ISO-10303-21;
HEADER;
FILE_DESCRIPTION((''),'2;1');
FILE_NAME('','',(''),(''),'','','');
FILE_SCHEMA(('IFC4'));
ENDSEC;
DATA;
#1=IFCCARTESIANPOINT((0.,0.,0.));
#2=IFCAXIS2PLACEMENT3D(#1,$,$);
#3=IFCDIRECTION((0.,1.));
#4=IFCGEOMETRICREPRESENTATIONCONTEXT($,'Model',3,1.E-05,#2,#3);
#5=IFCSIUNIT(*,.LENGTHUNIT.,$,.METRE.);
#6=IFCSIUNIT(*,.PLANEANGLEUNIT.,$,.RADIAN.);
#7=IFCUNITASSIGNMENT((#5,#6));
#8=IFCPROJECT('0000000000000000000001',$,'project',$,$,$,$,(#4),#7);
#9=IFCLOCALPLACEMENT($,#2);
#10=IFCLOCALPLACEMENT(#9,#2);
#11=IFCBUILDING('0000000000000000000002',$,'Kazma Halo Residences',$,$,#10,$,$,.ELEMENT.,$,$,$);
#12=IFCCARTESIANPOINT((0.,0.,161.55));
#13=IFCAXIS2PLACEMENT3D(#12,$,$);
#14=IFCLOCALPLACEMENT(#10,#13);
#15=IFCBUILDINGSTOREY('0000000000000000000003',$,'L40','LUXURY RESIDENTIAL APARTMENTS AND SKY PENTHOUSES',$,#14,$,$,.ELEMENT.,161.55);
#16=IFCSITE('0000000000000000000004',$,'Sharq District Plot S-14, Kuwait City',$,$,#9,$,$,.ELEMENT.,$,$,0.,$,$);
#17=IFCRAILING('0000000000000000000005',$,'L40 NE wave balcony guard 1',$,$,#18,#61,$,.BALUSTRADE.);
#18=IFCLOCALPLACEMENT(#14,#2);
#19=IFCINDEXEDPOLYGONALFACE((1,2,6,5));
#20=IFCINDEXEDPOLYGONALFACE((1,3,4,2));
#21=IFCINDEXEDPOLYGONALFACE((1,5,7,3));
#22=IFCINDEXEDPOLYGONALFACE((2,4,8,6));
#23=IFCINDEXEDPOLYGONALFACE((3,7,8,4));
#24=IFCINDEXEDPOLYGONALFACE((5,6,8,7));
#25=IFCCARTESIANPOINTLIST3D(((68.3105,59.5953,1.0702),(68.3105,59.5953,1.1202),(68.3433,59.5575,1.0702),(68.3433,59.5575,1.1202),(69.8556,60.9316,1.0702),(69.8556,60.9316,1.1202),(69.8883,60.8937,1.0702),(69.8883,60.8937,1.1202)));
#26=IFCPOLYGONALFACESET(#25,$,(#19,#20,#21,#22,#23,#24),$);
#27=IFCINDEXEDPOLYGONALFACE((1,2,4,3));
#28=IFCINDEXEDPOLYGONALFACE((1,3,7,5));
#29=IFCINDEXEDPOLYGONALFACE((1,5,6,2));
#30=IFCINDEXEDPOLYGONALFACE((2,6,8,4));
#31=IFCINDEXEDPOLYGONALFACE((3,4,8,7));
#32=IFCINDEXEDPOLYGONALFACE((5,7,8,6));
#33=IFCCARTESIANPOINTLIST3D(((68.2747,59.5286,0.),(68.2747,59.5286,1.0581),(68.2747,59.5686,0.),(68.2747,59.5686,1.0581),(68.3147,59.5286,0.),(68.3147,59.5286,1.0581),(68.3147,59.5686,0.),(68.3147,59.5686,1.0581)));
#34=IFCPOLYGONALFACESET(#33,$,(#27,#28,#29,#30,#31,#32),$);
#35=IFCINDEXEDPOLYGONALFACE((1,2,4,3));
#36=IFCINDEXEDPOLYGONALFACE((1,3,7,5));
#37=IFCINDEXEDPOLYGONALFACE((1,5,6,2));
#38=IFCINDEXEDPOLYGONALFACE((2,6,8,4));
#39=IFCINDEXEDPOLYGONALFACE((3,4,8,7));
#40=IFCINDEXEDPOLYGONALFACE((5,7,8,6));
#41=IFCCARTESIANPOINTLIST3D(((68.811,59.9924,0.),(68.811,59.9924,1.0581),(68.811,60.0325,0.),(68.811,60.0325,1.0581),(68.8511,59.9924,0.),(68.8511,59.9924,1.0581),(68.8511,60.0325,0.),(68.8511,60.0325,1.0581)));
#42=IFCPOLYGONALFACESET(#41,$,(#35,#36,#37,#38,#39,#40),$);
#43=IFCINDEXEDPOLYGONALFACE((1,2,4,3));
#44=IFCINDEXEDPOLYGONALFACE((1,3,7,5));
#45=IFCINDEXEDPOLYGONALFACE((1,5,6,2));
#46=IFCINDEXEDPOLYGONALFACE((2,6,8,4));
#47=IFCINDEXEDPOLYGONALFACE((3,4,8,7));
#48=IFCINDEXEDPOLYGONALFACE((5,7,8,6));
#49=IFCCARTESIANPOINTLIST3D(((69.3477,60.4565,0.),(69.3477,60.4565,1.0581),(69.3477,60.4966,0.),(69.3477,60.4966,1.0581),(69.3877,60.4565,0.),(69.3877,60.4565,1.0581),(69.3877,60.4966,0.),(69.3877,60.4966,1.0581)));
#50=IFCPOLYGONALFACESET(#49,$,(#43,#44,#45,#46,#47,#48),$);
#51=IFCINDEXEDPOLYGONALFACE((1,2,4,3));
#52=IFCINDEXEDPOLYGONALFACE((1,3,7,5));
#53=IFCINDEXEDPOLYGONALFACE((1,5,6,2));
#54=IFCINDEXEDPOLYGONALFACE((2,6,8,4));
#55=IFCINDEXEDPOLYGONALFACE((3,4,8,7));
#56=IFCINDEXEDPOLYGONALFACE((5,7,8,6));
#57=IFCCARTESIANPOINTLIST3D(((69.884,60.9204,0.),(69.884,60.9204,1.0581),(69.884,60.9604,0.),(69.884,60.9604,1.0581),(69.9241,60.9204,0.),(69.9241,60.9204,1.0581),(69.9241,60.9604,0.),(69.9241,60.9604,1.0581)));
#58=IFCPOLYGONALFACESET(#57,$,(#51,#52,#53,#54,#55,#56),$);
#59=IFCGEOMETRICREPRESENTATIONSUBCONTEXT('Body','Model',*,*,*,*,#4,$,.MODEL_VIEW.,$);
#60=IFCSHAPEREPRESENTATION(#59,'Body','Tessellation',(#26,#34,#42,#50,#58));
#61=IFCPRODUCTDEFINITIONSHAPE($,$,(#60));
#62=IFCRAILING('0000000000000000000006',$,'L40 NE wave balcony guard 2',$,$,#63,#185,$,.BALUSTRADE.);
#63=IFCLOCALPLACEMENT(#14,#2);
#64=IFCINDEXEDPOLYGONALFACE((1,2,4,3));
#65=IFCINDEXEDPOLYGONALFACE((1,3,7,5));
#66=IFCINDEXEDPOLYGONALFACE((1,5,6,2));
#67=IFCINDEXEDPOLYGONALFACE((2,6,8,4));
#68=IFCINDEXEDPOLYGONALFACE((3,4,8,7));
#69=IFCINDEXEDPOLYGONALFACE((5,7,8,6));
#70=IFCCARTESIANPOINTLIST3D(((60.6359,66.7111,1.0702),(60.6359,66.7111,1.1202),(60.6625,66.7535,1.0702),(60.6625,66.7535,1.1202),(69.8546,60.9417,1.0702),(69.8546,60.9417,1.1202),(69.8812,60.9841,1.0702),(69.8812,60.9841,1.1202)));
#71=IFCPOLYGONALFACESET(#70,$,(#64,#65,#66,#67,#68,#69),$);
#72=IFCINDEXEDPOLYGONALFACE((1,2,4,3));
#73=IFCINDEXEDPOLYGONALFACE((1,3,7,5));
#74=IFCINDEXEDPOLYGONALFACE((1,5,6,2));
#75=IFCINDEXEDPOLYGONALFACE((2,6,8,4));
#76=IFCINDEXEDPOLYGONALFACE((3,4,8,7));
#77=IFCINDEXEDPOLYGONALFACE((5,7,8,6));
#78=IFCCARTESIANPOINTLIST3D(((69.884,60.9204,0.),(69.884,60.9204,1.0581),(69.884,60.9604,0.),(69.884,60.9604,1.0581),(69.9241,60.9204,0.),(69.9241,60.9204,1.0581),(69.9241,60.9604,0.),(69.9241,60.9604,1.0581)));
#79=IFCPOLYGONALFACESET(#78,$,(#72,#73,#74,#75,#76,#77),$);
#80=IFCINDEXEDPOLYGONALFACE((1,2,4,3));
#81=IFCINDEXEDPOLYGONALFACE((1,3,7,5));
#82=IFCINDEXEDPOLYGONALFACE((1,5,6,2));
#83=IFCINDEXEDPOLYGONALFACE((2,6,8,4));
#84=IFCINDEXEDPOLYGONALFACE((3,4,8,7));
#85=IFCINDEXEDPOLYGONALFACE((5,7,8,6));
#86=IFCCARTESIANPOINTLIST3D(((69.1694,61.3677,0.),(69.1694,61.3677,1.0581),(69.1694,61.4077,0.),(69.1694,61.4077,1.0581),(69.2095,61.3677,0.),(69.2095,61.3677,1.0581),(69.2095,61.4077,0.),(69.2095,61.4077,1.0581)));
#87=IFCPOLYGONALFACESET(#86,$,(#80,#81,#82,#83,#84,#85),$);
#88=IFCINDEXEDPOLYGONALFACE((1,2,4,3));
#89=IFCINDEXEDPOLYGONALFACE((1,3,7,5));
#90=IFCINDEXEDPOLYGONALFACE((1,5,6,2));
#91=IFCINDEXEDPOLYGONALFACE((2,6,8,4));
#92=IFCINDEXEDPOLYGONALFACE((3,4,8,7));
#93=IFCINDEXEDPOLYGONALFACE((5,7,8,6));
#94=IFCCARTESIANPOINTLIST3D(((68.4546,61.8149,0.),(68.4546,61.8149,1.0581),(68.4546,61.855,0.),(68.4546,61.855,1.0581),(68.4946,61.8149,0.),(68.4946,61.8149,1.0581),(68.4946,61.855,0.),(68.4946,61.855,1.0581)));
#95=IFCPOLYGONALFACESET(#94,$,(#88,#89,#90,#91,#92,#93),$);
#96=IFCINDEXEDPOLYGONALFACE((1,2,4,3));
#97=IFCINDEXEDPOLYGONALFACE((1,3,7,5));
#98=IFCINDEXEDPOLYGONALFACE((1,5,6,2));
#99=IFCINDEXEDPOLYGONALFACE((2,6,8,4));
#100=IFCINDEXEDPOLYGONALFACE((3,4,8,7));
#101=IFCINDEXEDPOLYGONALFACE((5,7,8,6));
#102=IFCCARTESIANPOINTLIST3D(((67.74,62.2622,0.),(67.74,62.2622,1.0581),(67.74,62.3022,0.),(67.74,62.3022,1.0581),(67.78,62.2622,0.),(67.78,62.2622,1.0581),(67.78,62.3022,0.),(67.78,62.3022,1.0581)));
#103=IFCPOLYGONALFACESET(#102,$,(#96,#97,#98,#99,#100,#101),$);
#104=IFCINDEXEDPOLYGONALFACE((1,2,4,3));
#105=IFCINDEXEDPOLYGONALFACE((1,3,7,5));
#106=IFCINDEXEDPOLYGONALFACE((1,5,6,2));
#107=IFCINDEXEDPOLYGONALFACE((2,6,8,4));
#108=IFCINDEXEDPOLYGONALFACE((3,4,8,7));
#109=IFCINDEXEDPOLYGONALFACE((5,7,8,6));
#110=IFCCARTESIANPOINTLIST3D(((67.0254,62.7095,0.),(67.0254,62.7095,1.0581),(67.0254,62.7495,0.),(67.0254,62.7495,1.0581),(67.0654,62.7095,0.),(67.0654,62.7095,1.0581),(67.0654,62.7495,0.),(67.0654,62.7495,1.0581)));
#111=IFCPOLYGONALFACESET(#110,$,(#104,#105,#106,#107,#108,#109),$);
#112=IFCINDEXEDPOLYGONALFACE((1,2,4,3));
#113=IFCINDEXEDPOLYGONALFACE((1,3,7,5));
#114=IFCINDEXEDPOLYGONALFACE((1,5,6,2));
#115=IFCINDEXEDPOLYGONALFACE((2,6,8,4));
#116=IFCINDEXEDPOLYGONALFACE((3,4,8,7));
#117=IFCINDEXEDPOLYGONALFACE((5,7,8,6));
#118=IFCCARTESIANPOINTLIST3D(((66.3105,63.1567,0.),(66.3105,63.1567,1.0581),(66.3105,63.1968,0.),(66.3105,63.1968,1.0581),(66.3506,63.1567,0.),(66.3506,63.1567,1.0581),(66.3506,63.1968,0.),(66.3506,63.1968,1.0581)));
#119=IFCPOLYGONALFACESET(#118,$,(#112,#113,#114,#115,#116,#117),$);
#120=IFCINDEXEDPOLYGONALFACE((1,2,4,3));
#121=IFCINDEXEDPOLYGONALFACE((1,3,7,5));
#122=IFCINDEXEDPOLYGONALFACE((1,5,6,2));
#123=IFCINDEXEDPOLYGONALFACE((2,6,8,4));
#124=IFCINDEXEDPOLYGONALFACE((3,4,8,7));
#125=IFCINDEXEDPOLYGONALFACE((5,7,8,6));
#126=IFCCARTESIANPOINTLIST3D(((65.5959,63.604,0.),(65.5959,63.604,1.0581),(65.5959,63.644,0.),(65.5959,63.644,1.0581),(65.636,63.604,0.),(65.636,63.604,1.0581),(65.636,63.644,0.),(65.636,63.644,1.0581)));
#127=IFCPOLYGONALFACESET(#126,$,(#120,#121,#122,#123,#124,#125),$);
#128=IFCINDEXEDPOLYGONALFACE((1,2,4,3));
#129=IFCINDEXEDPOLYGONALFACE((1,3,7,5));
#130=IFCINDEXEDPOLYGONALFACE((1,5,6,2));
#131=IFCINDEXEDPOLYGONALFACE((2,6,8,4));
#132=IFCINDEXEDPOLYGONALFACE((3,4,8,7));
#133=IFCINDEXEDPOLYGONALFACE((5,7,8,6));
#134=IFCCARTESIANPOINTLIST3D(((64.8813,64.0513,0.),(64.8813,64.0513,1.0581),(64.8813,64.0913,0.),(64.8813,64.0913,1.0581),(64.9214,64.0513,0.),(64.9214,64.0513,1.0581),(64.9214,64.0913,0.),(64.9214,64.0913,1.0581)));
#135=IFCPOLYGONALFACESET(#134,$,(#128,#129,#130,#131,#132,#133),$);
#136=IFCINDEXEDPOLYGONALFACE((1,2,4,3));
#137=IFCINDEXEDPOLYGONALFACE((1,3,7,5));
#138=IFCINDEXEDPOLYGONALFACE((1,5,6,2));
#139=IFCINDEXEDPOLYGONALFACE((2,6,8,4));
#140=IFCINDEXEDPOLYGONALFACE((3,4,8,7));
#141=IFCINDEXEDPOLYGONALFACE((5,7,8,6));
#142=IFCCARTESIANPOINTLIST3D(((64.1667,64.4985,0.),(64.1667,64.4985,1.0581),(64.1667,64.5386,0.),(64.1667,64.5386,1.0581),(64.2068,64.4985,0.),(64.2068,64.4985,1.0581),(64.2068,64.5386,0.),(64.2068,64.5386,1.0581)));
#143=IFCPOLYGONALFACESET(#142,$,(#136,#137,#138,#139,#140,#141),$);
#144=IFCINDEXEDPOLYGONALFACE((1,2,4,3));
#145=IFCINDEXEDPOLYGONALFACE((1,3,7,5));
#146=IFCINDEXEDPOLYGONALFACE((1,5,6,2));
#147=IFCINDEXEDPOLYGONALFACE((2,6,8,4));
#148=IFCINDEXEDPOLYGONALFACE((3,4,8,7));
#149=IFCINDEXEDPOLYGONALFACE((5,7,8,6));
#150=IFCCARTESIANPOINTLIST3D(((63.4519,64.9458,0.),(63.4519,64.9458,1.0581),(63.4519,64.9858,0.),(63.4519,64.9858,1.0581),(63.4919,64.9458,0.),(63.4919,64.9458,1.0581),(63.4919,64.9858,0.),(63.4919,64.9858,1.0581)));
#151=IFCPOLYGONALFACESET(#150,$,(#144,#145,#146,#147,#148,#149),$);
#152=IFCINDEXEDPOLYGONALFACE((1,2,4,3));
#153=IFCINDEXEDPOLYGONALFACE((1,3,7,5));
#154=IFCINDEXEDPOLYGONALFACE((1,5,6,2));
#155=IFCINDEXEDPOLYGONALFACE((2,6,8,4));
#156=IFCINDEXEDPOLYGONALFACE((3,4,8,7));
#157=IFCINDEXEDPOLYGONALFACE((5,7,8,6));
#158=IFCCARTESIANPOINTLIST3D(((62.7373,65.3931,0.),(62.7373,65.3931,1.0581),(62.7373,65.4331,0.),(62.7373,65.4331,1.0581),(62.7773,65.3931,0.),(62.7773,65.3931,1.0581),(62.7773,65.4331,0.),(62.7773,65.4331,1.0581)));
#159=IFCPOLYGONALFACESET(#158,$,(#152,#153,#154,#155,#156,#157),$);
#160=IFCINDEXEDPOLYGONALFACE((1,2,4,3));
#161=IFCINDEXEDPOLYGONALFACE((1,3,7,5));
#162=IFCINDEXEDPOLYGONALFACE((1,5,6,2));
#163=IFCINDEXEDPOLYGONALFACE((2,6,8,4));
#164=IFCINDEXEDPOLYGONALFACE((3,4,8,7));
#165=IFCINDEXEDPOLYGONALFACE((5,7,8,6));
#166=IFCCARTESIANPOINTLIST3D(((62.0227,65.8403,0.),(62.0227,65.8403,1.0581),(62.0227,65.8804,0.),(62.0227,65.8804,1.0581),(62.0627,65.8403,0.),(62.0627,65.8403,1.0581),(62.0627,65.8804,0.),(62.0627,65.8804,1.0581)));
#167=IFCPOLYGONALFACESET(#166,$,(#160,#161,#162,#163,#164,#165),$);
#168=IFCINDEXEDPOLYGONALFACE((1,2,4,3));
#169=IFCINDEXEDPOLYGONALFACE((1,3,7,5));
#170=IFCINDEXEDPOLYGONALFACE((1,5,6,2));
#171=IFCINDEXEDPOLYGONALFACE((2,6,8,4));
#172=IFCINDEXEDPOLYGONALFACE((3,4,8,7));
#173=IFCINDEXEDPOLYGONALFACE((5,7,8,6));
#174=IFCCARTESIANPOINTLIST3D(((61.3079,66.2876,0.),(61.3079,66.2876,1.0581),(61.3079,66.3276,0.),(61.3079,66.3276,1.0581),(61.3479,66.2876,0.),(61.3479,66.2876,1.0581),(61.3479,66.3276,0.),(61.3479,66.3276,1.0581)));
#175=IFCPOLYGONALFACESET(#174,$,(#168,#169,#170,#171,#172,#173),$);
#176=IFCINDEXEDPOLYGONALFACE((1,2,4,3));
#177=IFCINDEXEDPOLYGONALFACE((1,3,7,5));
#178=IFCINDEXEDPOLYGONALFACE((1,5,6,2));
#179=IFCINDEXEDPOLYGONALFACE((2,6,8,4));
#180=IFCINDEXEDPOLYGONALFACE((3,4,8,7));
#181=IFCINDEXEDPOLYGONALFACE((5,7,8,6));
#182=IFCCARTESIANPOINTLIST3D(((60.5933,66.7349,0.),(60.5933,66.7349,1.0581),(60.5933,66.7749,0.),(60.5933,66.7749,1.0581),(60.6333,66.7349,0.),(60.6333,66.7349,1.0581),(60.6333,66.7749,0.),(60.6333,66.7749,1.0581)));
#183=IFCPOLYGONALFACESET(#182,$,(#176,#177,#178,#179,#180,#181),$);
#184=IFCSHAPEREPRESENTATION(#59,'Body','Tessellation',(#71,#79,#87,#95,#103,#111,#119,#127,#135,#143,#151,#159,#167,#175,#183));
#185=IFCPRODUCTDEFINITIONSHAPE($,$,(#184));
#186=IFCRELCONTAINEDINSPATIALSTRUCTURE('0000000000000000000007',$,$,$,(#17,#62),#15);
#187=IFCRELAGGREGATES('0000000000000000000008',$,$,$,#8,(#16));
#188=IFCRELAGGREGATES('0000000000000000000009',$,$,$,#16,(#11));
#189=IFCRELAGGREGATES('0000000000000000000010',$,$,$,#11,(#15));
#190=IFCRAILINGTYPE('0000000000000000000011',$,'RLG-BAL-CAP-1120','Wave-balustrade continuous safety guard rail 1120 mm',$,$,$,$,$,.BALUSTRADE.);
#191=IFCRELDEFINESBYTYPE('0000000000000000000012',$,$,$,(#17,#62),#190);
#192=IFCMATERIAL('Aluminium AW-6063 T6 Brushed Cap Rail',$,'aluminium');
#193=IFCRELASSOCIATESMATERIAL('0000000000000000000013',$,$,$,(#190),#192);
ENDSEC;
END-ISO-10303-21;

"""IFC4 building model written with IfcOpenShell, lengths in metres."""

from ifc_helpers import new_model, si_unit, direction, frame, origin, origin_2d, place, context, subcontext, project, spatial, rectangle, extrude, material, type_object, element, save


model = new_model("IFC4")

# Units and contexts
model_context = context("Model", 3, precision=1e-05, world=origin(), true_north=direction((0.0, 1.0)))
body_context = subcontext(model_context, "Body", "Model", "MODEL_VIEW")
ifc_project = project(units=[si_unit("LENGTHUNIT", "METRE"), si_unit("PLANEANGLEUNIT", "RADIAN")], contexts=[model_context])

# Site, building, storey
site_placement = place(None, origin())
site = spatial("IfcSite", under=ifc_project, at=site_placement, Name="Sharq District Plot S-14, Kuwait City", CompositionType="ELEMENT", RefElevation=0.0)
building_placement = place(site_placement, origin())
building = spatial("IfcBuilding", under=site, at=building_placement, Name="Kazma Halo Residences", CompositionType="ELEMENT")
storey_placement = place(building_placement, frame((0.0, 0.0, 161.55)))
storey = spatial("IfcBuildingStorey", under=building, at=storey_placement, Name="L40", Description="LUXURY RESIDENTIAL APARTMENTS AND SKY PENTHOUSES", CompositionType="ELEMENT", Elevation=161.55)

# Railings
ifc_material_1 = material(Name="Aluminium AW-6063 T6 Brushed Cap Rail", Category="aluminium")
railing_type = type_object("IfcRailingType", Name="RLG-BAL-CAP-1120", Description="Wave-balustrade continuous safety guard rail 1120 mm", PredefinedType="BALUSTRADE", material=ifc_material_1)
railing_1_placement = place(storey_placement, frame((68.2947, 59.5486, 0.0)))
element("IfcRailing", 1, at=railing_1_placement, inside=storey, type_object=railing_type, Name="L40 NE wave balcony guard 1", PredefinedType="BALUSTRADE", context=body_context, shape_type="SweptSolid", body=[
    extrude(rectangle(XDim=0.05, YDim=0.05, at=origin_2d()), frame((0.0322, 0.0278, 1.0952), z_axis=(0.756374, 0.65414, 0.0), x_axis=(-0.65414, 0.756374, 0.0)), (0.0, 0.0, 1.0), 2.0427),
    extrude(rectangle(XDim=0.04, YDim=0.04, at=origin_2d()), origin(), (0.0, 0.0, 1.0), 1.0581),
    extrude(rectangle(XDim=0.04, YDim=0.04, at=origin_2d()), frame((0.5364, 0.4639, 0.0)), (0.0, 0.0, 1.0), 1.0581),
    extrude(rectangle(XDim=0.04, YDim=0.04, at=origin_2d()), frame((1.073, 0.928, 0.0)), (0.0, 0.0, 1.0), 1.0581),
    extrude(rectangle(XDim=0.04, YDim=0.04, at=origin_2d()), frame((1.6094, 1.3918, 0.0)), (0.0, 0.0, 1.0), 1.0581),
])
railing_2_placement = place(storey_placement, frame((69.9041, 60.9404, 0.0)))
element("IfcRailing", 2, at=railing_2_placement, inside=storey, type_object=railing_type, Name="L40 NE wave balcony guard 2", PredefinedType="BALUSTRADE", context=body_context, shape_type="SweptSolid", body=[
    extrude(rectangle(XDim=0.05, YDim=0.05, at=origin_2d()), frame((-0.0361, 0.0225, 1.0952), z_axis=(-0.847682, 0.530505, 0.0), x_axis=(-0.530505, -0.847682, 0.0)), (0.0, 0.0, 1.0), 10.8752),
    extrude(rectangle(XDim=0.04, YDim=0.04, at=origin_2d()), origin(), (0.0, 0.0, 1.0), 1.0581),
    extrude(rectangle(XDim=0.04, YDim=0.04, at=origin_2d()), frame((-0.7146, 0.4473, 0.0)), (0.0, 0.0, 1.0), 1.0581),
    extrude(rectangle(XDim=0.04, YDim=0.04, at=origin_2d()), frame((-1.4294, 0.8945, 0.0)), (0.0, 0.0, 1.0), 1.0581),
    extrude(rectangle(XDim=0.04, YDim=0.04, at=origin_2d()), frame((-2.144, 1.3418, 0.0)), (0.0, 0.0, 1.0), 1.0581),
    extrude(rectangle(XDim=0.04, YDim=0.04, at=origin_2d()), frame((-2.8586, 1.7891, 0.0)), (0.0, 0.0, 1.0), 1.0581),
    extrude(rectangle(XDim=0.04, YDim=0.04, at=origin_2d()), frame((-3.5735, 2.2363, 0.0)), (0.0, 0.0, 1.0), 1.0581),
    extrude(rectangle(XDim=0.04, YDim=0.04, at=origin_2d()), frame((-4.2881, 2.6836, 0.0)), (0.0, 0.0, 1.0), 1.0581),
    extrude(rectangle(XDim=0.04, YDim=0.04, at=origin_2d()), frame((-5.0027, 3.1309, 0.0)), (0.0, 0.0, 1.0), 1.0581),
    extrude(rectangle(XDim=0.04, YDim=0.04, at=origin_2d()), frame((-5.7173, 3.5781, 0.0)), (0.0, 0.0, 1.0), 1.0581),
    extrude(rectangle(XDim=0.04, YDim=0.04, at=origin_2d()), frame((-6.4321, 4.0254, 0.0)), (0.0, 0.0, 1.0), 1.0581),
    extrude(rectangle(XDim=0.04, YDim=0.04, at=origin_2d()), frame((-7.1467, 4.4727, 0.0)), (0.0, 0.0, 1.0), 1.0581),
    extrude(rectangle(XDim=0.04, YDim=0.04, at=origin_2d()), frame((-7.8613, 4.9199, 0.0)), (0.0, 0.0, 1.0), 1.0581),
    extrude(rectangle(XDim=0.04, YDim=0.04, at=origin_2d()), frame((-8.5762, 5.3672, 0.0)), (0.0, 0.0, 1.0), 1.0581),
    extrude(rectangle(XDim=0.04, YDim=0.04, at=origin_2d()), frame((-9.2908, 5.8145, 0.0)), (0.0, 0.0, 1.0), 1.0581),
])

save(model, "model.ifc")
